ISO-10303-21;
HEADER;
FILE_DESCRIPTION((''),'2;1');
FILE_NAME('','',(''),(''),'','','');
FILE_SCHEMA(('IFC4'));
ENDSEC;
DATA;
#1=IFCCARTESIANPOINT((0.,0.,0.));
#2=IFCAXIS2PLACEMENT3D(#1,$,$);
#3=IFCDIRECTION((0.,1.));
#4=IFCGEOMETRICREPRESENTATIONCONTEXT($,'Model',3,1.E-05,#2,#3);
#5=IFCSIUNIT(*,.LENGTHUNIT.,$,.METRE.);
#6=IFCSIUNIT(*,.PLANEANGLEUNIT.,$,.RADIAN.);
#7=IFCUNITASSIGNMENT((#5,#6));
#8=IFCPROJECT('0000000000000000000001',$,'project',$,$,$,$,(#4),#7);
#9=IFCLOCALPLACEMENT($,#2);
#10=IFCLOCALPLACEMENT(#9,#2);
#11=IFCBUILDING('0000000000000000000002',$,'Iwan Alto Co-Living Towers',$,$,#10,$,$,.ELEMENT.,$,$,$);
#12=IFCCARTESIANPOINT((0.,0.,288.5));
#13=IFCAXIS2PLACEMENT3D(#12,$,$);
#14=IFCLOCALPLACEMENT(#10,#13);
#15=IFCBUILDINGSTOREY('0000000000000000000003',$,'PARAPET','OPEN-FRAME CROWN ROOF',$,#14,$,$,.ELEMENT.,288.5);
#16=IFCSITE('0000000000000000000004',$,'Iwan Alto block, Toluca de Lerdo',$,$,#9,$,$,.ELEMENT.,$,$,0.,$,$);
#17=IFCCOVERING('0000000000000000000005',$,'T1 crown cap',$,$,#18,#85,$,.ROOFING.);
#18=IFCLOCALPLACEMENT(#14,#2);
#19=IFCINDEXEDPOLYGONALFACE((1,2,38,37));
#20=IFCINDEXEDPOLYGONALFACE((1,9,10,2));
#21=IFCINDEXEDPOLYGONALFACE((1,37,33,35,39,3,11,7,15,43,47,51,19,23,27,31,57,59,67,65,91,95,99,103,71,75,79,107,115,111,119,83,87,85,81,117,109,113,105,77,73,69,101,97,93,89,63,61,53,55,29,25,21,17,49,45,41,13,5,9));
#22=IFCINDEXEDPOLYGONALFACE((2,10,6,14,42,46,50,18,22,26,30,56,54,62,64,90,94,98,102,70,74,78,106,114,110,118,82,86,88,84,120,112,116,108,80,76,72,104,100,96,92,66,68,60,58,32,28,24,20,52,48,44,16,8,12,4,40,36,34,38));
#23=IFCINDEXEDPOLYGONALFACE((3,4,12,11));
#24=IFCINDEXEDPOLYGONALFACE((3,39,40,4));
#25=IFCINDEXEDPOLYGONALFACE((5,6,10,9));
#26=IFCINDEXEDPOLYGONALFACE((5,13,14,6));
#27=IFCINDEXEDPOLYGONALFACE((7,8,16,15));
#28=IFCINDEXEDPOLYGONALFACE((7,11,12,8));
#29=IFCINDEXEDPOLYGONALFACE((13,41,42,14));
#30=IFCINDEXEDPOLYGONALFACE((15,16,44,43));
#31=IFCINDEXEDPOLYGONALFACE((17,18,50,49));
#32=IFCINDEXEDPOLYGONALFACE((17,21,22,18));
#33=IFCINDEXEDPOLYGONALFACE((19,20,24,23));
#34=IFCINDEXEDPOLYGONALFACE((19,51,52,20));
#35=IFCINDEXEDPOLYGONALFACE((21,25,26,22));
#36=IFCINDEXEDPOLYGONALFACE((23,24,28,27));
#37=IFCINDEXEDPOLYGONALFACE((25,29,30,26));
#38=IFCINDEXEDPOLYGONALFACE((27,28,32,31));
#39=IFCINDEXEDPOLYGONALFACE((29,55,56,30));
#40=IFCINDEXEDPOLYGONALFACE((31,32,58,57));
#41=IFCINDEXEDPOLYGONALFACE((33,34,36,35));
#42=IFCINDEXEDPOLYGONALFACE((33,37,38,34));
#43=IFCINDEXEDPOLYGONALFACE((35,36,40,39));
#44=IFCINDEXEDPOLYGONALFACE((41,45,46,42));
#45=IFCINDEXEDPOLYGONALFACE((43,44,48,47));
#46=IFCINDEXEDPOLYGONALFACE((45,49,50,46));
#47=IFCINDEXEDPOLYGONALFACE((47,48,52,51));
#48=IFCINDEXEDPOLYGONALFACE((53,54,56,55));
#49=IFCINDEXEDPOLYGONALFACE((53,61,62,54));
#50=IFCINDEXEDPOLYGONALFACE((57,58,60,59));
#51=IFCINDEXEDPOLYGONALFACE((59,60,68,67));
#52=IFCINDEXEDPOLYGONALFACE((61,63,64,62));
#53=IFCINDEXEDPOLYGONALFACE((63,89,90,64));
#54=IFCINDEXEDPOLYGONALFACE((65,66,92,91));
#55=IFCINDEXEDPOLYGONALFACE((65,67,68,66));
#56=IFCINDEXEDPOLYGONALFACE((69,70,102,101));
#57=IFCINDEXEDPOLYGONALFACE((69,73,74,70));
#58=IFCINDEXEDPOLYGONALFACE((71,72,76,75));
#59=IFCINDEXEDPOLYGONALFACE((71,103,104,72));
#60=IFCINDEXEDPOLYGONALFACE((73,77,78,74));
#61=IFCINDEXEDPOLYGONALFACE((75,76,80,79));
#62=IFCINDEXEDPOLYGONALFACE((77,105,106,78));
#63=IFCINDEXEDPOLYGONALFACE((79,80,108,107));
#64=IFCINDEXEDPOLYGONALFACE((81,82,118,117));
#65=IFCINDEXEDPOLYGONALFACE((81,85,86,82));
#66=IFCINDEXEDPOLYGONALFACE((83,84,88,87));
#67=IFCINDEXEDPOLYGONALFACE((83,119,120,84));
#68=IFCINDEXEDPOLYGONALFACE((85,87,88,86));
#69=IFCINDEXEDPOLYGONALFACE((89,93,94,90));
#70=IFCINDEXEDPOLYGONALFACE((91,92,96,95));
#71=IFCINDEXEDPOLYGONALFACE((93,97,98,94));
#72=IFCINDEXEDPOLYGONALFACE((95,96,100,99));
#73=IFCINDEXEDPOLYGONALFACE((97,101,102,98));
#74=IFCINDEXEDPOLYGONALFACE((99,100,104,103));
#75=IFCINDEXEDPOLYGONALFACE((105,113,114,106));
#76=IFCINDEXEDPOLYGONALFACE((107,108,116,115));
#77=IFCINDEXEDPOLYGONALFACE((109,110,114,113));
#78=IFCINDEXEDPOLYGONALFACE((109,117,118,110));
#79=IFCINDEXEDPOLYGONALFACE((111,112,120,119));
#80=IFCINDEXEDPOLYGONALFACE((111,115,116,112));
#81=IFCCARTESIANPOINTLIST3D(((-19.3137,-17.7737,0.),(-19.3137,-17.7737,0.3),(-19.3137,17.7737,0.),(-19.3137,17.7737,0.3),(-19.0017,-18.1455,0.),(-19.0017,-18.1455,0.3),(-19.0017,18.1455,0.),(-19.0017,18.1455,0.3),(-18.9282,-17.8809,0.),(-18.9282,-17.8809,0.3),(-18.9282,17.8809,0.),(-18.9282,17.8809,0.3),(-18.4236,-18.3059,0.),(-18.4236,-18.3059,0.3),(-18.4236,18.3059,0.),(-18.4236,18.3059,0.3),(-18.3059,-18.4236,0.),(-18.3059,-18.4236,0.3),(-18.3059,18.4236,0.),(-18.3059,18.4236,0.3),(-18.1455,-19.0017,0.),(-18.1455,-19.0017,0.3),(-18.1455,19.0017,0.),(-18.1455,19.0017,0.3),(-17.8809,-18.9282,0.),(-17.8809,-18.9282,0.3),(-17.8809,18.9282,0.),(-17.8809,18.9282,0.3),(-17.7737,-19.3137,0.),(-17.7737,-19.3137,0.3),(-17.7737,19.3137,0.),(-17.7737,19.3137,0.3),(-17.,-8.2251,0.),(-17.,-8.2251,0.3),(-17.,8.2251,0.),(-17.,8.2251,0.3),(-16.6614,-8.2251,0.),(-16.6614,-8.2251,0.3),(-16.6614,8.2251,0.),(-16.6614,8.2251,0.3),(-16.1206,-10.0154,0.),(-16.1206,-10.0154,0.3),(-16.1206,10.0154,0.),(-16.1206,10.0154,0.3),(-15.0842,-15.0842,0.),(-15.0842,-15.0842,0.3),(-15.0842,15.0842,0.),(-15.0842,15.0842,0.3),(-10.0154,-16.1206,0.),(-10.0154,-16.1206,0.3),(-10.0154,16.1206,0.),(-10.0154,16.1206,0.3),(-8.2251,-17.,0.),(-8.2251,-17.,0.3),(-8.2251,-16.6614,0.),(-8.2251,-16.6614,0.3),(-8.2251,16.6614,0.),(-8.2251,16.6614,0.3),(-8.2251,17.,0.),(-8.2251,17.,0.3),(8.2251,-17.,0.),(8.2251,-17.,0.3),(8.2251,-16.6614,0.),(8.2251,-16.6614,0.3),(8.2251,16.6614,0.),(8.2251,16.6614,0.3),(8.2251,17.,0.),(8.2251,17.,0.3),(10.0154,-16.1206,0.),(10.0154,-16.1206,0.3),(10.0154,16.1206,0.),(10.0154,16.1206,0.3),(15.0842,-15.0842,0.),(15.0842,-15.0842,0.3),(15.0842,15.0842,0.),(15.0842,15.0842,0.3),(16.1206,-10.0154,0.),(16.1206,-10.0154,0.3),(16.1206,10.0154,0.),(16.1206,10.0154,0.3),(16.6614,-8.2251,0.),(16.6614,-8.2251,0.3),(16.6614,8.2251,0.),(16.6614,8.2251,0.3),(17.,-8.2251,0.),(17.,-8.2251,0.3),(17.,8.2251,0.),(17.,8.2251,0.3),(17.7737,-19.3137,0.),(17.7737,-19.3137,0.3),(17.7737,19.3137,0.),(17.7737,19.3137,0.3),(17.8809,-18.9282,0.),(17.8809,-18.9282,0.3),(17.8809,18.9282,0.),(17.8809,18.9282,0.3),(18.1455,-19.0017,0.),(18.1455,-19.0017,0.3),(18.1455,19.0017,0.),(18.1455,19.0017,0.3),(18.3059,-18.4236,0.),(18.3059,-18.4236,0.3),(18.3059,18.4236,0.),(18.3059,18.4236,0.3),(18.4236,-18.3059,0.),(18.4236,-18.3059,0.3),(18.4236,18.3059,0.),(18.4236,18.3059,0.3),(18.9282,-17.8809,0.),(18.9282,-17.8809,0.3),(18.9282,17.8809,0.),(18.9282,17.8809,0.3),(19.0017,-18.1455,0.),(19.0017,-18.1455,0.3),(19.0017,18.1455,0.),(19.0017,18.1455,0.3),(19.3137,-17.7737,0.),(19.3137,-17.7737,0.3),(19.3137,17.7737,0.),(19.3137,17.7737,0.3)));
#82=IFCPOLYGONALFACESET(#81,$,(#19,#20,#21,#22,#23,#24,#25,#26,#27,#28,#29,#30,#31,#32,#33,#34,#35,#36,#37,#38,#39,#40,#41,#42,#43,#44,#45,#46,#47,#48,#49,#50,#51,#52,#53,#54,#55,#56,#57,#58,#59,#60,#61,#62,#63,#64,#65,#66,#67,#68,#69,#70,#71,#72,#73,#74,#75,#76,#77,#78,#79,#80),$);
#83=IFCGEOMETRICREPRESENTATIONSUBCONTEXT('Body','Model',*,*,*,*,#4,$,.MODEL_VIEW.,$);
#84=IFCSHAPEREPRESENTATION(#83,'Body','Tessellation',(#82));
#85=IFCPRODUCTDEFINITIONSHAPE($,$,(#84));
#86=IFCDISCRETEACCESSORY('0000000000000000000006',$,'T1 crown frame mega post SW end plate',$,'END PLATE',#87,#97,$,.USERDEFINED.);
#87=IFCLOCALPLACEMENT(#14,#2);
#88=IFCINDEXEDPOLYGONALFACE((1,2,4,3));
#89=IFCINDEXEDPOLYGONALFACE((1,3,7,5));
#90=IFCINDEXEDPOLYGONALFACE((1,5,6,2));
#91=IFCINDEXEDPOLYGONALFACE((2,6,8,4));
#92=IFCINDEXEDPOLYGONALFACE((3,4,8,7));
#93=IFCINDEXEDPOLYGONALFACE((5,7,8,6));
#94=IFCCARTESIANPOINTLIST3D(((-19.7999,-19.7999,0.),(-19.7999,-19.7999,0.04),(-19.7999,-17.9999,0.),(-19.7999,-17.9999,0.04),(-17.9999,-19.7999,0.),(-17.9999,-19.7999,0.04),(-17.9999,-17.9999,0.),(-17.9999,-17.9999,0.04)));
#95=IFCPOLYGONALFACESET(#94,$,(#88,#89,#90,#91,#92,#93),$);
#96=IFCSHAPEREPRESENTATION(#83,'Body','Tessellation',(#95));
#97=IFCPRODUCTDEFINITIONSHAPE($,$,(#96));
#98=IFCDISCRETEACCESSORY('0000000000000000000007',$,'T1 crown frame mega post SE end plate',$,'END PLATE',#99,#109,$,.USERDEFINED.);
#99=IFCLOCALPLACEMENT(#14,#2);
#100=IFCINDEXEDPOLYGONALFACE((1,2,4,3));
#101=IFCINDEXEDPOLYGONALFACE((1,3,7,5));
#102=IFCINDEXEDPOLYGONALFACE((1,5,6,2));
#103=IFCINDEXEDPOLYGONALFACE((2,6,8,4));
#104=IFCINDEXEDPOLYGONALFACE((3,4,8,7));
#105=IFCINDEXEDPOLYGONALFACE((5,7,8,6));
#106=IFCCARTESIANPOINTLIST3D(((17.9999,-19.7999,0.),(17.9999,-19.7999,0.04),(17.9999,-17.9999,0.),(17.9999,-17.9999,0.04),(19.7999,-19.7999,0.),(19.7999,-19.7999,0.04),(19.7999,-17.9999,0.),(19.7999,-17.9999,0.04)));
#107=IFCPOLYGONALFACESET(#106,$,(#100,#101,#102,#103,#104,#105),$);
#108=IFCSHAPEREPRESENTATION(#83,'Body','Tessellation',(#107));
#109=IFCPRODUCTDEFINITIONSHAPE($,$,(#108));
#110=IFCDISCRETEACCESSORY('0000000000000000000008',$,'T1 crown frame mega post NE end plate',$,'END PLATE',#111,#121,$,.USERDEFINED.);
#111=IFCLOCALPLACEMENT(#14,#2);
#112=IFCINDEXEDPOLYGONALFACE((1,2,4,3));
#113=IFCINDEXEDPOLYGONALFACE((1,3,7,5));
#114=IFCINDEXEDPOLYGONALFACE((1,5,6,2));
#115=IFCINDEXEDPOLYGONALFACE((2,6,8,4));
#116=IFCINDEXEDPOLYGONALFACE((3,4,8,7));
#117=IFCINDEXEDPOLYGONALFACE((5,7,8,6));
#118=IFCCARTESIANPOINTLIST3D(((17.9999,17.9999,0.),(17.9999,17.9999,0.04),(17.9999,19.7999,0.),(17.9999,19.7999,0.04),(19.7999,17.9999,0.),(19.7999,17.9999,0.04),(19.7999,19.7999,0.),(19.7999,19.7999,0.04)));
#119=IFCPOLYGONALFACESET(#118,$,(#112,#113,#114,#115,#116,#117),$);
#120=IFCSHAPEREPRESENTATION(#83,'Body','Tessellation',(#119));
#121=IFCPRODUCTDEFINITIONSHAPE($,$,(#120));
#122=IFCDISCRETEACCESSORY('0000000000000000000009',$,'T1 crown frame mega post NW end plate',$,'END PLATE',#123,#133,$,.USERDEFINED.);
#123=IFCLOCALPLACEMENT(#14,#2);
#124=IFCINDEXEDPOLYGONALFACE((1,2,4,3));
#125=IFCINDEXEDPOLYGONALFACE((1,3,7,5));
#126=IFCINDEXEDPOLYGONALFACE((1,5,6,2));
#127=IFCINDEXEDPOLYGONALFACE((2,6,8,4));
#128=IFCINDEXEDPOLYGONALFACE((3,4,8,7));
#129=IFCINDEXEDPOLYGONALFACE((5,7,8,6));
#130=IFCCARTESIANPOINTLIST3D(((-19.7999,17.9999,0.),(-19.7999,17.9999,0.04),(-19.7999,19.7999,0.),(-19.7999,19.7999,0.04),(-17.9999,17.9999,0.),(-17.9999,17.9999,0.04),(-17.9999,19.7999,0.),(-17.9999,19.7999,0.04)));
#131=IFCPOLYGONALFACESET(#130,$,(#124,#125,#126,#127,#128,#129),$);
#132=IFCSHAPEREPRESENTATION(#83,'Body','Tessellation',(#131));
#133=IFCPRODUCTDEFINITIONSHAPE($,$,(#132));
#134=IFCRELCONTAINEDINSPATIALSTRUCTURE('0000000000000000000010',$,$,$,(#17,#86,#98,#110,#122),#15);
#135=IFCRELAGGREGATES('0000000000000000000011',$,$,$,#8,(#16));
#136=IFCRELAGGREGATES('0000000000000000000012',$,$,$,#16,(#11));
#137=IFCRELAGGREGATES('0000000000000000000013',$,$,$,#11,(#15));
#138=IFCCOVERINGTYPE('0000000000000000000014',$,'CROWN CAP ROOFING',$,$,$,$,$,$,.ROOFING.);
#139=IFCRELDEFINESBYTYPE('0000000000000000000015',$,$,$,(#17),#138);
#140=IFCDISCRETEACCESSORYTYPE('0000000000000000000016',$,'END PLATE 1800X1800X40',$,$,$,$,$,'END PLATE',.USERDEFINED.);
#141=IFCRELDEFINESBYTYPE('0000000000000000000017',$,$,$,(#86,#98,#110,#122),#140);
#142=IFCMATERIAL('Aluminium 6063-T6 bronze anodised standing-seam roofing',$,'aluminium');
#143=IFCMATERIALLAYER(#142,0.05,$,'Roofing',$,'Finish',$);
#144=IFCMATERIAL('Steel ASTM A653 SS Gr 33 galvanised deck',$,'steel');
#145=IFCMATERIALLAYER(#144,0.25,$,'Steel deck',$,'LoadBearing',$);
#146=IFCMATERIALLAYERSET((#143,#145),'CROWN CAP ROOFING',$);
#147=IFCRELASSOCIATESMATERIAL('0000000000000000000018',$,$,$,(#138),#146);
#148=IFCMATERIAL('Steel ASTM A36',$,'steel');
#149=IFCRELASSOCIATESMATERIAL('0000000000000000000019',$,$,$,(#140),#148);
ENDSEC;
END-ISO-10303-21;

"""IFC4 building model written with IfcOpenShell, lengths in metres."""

from ifc_helpers import new_model, si_unit, direction, frame, origin, origin_2d, place, context, subcontext, project, spatial, polyline, rectangle, outline, extrude, material, layer, layer_set, type_object, element, save


model = new_model("IFC4")

# Units and contexts
model_context = context("Model", 3, precision=1e-05, world=origin(), true_north=direction((0.0, 1.0)))
body_context = subcontext(model_context, "Body", "Model", "MODEL_VIEW")
ifc_project = project(units=[si_unit("LENGTHUNIT", "METRE"), si_unit("PLANEANGLEUNIT", "RADIAN")], contexts=[model_context])

# Site, building, storey
site_placement = place(None, origin())
site = spatial("IfcSite", under=ifc_project, at=site_placement, Name="Iwan Alto block, Toluca de Lerdo", CompositionType="ELEMENT", RefElevation=0.0)
building_placement = place(site_placement, origin())
building = spatial("IfcBuilding", under=site, at=building_placement, Name="Iwan Alto Co-Living Towers", CompositionType="ELEMENT")
storey_placement = place(building_placement, frame((0.0, 0.0, 288.5)))
storey = spatial("IfcBuildingStorey", under=building, at=storey_placement, Name="PARAPET", Description="OPEN-FRAME CROWN ROOF", CompositionType="ELEMENT", Elevation=288.5)

# Covering
ifc_material_1 = material(Name="Aluminium 6063-T6 bronze anodised standing-seam roofing", Category="aluminium")
ifc_layer_1 = layer(ifc_material_1, 0.05, Name="Roofing", Category="Finish")
ifc_material_2 = material(Name="Steel ASTM A653 SS Gr 33 galvanised deck", Category="steel")
ifc_layer_2 = layer(ifc_material_2, 0.25, Name="Steel deck", Category="LoadBearing")
ifc_layer_set = layer_set([ifc_layer_1, ifc_layer_2], Name="CROWN CAP ROOFING")
covering_type = type_object("IfcCoveringType", Name="CROWN CAP ROOFING", PredefinedType="ROOFING", material=ifc_layer_set)
covering_placement = place(storey_placement, origin())
element("IfcCovering", 1, at=covering_placement, inside=storey, type_object=covering_type, Name="T1 crown cap", PredefinedType="ROOFING", context=body_context, shape_type="SweptSolid", body=[
    extrude(outline(polyline([(-19.0017, -18.1455), (-18.9282, -17.8809), (-19.3137, -17.7737), (-16.6614, -8.2251), (-17.0, -8.2251), (-17.0, 8.2251), (-16.6614, 8.2251), (-19.3137, 17.7737), (-18.9282, 17.8809), (-19.0017, 18.1455), (-18.4236, 18.3059), (-16.1206, 10.0154), (-15.0842, 15.0842), (-10.0154, 16.1206), (-18.3059, 18.4236), (-18.1455, 19.0017), (-17.8809, 18.9282), (-17.7737, 19.3137), (-8.2251, 16.6614), (-8.2251, 17.0), (8.2251, 17.0), (8.2251, 16.6614), (17.7737, 19.3137), (17.8809, 18.9282), (18.1455, 19.0017), (18.3059, 18.4236), (10.0154, 16.1206), (15.0842, 15.0842), (16.1206, 10.0154), (18.4236, 18.3059), (19.0017, 18.1455), (18.9282, 17.8809), (19.3137, 17.7737), (16.6614, 8.2251), (17.0, 8.2251), (17.0, -8.2251), (16.6614, -8.2251), (19.3137, -17.7737), (18.9282, -17.8809), (19.0017, -18.1455), (18.4236, -18.3059), (16.1206, -10.0154), (15.0842, -15.0842), (10.0154, -16.1206), (18.3059, -18.4236), (18.1455, -19.0017), (17.8809, -18.9282), (17.7737, -19.3137), (8.2251, -16.6614), (8.2251, -17.0), (-8.2251, -17.0), (-8.2251, -16.6614), (-17.7737, -19.3137), (-17.8809, -18.9282), (-18.1455, -19.0017), (-18.3059, -18.4236), (-10.0154, -16.1206), (-15.0842, -15.0842), (-16.1206, -10.0154), (-18.4236, -18.3059), (-19.0017, -18.1455)])), origin(), (0.0, 0.0, 1.0), 0.3),
])

# Discrete accessories
ifc_material_3 = material(Name="Steel ASTM A36", Category="steel")
discrete_accessory_type = type_object("IfcDiscreteAccessoryType", Name="END PLATE 1800X1800X40", ElementType="END PLATE", PredefinedType="USERDEFINED", material=ifc_material_3)
for number, where, z_axis, x_axis, name in (
    (2, (-18.8999, -18.8999, 0.0), (0.0, 0.0, 1.0), (1.0, 0.0, 0.0), "T1 crown frame mega post SW end plate"),
    (3, (18.8999, -18.8999, 0.0), (0.0, 0.0, 1.0), (1.0, 0.0, 0.0), "T1 crown frame mega post SE end plate"),
    (4, (18.8999, 18.8999, 0.0), (0.0, 0.0, 1.0), (1.0, 0.0, 0.0), "T1 crown frame mega post NE end plate"),
    (5, (-18.8999, 18.8999, 0.0), (0.0, 0.0, 1.0), (1.0, 0.0, 0.0), "T1 crown frame mega post NW end plate"),
):
    element("IfcDiscreteAccessory", number, at=place(storey_placement, frame(where, z_axis=z_axis, x_axis=x_axis)), inside=storey, type_object=discrete_accessory_type, Name=name, ObjectType="END PLATE", PredefinedType="USERDEFINED", context=body_context, shape_type="SweptSolid", body=[
        extrude(rectangle(XDim=1.8, YDim=1.8, at=origin_2d()), origin(), (0.0, 0.0, 1.0), 0.04),
    ])

save(model, "model.ifc")
